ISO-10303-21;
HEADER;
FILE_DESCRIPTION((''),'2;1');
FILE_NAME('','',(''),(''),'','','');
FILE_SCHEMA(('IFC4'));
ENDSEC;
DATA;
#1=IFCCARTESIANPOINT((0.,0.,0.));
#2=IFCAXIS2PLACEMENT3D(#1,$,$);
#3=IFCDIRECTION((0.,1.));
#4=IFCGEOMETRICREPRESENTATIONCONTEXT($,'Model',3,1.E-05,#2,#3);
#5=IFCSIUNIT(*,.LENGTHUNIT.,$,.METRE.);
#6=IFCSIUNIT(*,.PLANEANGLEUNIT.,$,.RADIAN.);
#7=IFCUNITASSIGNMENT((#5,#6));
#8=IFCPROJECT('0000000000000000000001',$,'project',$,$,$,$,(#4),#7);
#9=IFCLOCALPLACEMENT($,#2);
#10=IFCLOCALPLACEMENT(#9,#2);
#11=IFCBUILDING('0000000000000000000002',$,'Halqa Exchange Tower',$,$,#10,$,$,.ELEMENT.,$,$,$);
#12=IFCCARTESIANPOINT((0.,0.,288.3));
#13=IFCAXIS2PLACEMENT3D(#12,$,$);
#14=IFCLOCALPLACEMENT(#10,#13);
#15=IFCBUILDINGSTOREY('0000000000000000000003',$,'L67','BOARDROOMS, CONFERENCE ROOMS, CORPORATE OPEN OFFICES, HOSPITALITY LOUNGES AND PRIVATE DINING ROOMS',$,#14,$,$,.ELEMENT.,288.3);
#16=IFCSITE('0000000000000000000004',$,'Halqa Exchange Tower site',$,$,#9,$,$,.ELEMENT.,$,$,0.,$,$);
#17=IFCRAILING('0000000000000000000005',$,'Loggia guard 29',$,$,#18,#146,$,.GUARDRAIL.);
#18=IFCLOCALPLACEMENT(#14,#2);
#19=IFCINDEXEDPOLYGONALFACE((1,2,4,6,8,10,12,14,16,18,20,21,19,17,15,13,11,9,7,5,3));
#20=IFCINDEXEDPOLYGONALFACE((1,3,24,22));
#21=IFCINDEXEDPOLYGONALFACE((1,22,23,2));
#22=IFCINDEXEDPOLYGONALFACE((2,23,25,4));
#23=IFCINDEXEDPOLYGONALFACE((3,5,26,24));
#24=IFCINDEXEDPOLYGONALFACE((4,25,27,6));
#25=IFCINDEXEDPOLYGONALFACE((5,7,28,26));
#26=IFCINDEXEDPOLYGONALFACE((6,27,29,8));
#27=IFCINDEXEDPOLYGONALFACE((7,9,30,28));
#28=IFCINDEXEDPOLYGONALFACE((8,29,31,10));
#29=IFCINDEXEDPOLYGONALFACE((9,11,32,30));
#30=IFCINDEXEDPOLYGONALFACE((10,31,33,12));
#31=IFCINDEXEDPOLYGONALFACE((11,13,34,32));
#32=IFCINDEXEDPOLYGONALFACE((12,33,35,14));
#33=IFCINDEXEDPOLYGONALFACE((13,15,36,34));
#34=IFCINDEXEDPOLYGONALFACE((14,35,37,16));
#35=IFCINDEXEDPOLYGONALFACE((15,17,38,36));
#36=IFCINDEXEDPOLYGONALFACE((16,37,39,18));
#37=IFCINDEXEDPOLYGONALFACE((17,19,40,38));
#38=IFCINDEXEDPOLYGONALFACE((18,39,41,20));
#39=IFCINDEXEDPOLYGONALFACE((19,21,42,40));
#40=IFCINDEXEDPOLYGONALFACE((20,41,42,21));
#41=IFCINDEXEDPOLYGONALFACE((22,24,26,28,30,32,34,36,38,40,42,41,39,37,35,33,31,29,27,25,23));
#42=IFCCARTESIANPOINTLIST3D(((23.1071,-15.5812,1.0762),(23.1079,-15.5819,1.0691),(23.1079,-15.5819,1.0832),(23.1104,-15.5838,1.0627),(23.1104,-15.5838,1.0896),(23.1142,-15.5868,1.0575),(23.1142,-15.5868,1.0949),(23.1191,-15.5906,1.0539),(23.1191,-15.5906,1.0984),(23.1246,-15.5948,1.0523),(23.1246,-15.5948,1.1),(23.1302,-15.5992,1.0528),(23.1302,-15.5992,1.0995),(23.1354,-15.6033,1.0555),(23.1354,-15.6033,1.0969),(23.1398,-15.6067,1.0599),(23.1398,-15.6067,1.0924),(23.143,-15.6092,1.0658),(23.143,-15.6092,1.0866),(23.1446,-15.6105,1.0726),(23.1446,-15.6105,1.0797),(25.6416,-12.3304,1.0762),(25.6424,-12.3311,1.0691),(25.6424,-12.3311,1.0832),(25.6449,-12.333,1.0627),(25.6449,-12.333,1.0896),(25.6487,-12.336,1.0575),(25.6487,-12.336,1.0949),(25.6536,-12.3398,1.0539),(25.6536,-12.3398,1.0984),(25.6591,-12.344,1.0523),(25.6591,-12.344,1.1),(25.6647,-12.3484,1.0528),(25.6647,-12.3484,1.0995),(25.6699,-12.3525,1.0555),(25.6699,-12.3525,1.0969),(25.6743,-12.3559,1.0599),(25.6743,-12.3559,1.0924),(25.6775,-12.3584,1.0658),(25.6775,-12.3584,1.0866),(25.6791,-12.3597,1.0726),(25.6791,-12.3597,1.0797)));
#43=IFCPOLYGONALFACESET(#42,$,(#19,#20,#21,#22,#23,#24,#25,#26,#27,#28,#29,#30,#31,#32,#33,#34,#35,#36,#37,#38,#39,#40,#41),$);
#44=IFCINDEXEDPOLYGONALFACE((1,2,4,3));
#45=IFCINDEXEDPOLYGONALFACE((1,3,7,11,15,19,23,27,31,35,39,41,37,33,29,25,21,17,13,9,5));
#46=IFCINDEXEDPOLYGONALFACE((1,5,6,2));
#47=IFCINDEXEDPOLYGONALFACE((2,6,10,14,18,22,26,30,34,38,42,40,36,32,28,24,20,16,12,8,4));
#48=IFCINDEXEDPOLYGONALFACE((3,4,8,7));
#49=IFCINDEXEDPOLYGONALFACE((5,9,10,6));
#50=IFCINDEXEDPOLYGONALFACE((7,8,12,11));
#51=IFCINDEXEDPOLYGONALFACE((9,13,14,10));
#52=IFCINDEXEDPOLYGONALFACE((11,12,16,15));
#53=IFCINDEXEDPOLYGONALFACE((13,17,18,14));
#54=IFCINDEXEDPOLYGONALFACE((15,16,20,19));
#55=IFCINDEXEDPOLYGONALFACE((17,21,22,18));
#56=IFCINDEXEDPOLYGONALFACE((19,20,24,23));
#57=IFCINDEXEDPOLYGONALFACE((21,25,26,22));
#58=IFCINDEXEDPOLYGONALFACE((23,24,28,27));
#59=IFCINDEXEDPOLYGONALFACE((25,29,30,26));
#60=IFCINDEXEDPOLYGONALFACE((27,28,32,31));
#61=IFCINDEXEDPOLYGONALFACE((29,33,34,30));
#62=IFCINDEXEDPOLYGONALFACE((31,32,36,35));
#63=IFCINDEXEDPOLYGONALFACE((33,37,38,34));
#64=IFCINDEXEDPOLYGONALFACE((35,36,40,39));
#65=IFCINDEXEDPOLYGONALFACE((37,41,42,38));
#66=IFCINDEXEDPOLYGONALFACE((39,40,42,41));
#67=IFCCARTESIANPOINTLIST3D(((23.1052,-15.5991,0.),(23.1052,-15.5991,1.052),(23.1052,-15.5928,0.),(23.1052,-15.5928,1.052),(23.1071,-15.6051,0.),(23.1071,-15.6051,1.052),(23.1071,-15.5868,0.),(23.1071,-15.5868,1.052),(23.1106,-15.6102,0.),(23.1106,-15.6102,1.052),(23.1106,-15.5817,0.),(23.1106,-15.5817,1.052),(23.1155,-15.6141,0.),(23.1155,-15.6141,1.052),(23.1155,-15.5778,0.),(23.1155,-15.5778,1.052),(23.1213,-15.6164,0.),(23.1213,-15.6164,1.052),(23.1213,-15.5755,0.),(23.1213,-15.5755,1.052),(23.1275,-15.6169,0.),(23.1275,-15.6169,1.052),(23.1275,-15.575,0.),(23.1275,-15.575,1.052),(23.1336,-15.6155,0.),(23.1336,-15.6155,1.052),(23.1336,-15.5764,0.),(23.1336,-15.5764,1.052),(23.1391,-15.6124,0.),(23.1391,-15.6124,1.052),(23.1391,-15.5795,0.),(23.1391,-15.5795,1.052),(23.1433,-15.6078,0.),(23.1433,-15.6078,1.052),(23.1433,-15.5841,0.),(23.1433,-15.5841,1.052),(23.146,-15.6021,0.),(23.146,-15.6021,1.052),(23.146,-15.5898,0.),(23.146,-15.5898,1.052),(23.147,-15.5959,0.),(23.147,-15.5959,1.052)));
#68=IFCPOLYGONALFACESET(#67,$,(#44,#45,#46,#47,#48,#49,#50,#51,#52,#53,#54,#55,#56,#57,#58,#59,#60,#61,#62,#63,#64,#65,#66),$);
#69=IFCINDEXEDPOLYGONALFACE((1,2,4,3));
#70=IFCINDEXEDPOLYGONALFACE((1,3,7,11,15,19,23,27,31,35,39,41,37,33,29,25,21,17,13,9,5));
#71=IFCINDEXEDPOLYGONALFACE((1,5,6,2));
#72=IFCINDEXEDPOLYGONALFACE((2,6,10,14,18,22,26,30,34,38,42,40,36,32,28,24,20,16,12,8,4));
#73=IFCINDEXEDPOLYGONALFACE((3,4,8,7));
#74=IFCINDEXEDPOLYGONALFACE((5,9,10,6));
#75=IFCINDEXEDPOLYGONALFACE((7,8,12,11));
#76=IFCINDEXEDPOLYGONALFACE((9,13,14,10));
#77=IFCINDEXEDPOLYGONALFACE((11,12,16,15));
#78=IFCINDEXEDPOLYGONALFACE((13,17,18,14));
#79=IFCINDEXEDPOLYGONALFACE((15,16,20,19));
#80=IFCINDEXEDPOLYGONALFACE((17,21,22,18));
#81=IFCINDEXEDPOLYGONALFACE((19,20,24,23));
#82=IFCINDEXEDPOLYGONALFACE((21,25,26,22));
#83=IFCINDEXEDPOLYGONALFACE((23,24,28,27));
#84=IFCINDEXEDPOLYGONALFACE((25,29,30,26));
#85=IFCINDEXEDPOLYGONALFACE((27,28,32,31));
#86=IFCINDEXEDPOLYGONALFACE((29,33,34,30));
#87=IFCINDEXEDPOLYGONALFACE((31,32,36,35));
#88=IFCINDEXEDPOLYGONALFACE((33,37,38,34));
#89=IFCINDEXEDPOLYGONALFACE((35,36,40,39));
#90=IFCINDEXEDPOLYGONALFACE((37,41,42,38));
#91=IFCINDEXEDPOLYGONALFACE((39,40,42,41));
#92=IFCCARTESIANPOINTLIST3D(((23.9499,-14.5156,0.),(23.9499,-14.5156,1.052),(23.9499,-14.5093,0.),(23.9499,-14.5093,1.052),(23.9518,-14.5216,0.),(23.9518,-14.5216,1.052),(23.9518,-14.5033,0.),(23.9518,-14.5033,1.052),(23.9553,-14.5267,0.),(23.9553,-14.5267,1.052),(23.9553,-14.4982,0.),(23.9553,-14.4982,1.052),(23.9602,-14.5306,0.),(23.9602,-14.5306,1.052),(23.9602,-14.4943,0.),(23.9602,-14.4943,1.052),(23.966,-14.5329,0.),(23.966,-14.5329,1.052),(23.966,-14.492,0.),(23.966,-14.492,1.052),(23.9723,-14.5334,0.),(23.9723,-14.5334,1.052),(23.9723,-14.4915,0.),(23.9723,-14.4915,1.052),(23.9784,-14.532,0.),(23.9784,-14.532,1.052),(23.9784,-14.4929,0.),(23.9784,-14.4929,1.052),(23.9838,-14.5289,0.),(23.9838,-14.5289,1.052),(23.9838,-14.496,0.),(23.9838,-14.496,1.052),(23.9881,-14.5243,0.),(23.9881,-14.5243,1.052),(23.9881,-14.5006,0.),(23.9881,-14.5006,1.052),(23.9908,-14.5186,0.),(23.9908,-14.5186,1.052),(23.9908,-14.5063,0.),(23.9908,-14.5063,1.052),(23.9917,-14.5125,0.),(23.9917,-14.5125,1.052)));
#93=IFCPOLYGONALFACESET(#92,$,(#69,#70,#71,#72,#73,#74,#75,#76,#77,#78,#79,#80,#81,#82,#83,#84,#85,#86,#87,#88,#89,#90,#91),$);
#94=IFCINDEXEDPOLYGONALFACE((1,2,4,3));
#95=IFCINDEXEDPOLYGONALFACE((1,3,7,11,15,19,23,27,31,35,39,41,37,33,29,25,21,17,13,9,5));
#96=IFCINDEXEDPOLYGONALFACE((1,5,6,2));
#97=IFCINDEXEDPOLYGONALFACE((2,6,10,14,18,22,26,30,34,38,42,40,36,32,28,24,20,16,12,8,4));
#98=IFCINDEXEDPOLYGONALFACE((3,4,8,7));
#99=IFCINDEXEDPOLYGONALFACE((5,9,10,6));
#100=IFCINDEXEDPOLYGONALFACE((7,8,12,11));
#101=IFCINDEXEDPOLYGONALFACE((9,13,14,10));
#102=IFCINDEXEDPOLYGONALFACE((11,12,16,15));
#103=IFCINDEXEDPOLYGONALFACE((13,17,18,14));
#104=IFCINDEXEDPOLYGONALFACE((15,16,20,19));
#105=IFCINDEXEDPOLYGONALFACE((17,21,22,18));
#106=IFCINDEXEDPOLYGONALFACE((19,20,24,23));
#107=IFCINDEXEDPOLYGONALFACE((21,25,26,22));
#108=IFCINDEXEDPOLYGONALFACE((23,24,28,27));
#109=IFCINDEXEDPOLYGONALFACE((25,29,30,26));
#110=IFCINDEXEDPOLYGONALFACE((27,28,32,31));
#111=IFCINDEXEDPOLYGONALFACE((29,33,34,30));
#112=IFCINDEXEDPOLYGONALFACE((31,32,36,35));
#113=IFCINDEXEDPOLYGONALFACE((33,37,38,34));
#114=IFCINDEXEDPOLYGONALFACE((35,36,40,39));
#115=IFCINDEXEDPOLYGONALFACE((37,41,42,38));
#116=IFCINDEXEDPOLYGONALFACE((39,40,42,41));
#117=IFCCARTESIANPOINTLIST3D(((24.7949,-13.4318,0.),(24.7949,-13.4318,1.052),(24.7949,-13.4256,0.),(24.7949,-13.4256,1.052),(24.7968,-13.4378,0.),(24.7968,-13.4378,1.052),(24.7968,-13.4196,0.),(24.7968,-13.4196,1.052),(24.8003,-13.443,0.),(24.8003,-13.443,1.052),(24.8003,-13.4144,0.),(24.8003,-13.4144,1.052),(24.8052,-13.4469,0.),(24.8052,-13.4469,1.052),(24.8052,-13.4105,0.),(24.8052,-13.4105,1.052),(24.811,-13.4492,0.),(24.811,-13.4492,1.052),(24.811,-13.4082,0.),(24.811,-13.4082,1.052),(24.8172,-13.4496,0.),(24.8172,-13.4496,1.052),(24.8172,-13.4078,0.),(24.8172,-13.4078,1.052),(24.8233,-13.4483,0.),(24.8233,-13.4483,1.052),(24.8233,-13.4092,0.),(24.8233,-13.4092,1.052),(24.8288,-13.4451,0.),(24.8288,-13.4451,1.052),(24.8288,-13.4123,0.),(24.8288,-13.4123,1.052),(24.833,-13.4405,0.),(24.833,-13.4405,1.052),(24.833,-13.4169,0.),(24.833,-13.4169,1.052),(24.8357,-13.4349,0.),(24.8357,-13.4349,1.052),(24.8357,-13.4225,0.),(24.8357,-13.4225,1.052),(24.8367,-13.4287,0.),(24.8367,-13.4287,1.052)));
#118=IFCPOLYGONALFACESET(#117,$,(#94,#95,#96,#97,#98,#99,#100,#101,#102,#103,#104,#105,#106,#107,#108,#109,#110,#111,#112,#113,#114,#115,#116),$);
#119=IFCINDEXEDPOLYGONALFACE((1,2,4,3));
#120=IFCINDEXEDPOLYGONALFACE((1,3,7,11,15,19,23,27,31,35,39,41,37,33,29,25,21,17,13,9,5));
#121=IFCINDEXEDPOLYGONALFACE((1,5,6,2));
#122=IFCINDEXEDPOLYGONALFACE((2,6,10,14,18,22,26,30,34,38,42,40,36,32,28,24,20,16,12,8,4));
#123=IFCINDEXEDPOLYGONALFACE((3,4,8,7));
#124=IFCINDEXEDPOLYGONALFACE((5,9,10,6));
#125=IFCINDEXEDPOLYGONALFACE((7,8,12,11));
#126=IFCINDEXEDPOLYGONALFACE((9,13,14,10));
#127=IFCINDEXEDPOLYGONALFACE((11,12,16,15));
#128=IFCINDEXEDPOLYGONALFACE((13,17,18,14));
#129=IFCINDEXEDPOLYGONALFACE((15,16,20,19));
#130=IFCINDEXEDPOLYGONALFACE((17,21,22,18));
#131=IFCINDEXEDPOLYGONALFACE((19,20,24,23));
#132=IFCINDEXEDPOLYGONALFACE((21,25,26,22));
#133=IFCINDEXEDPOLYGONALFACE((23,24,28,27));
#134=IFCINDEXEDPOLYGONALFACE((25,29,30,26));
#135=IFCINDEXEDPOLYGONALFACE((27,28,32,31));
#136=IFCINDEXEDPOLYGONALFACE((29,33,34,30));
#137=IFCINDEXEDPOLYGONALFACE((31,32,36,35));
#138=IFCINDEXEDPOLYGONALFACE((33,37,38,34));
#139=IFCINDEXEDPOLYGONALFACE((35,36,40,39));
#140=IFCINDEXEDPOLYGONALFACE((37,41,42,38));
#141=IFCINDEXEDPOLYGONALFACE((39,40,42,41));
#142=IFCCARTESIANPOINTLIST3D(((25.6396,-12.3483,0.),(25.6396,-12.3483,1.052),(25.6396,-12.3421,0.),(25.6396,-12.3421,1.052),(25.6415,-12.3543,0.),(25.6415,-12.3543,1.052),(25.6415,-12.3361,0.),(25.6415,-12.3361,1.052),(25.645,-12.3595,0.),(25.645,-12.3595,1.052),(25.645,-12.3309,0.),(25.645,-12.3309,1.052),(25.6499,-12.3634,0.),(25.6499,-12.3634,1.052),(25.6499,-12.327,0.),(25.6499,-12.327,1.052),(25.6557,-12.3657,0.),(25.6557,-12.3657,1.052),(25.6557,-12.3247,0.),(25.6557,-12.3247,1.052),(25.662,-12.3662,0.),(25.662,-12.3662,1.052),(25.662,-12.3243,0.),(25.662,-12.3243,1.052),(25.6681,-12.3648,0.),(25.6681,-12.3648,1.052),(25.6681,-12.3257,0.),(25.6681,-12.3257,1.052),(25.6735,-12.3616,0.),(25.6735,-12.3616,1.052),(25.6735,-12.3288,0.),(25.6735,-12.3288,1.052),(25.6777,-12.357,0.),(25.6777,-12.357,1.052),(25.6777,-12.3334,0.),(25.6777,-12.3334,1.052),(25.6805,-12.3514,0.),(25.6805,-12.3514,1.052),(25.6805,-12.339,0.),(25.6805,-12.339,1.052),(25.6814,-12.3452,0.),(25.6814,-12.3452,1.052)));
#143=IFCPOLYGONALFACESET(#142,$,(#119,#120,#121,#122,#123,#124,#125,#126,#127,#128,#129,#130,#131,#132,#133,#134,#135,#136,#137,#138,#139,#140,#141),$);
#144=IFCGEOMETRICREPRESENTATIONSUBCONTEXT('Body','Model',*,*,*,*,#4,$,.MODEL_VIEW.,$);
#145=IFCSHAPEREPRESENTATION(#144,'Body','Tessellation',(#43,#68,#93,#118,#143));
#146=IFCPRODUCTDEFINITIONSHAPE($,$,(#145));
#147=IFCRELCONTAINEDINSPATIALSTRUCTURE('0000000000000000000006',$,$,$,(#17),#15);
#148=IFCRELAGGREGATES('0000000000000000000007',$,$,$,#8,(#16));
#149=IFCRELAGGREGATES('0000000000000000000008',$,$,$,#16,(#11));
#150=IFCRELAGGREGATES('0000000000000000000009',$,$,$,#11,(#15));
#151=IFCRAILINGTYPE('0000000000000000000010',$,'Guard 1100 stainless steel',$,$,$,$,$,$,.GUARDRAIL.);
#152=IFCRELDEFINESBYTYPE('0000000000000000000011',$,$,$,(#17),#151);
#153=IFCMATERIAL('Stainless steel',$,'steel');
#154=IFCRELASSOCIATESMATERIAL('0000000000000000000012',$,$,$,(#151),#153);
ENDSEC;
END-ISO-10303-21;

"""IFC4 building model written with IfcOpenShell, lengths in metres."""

from ifc_helpers import new_model, si_unit, direction, frame, origin, origin_2d, place, context, subcontext, project, spatial, circle, extrude, material, type_object, element, save


model = new_model("IFC4")

# Units and contexts
model_context = context("Model", 3, precision=1e-05, world=origin(), true_north=direction((0.0, 1.0)))
body_context = subcontext(model_context, "Body", "Model", "MODEL_VIEW")
ifc_project = project(units=[si_unit("LENGTHUNIT", "METRE"), si_unit("PLANEANGLEUNIT", "RADIAN")], contexts=[model_context])

# Site, building, storey
site_placement = place(None, origin())
site = spatial("IfcSite", under=ifc_project, at=site_placement, Name="Halqa Exchange Tower site", CompositionType="ELEMENT", RefElevation=0.0)
building_placement = place(site_placement, origin())
building = spatial("IfcBuilding", under=site, at=building_placement, Name="Halqa Exchange Tower", CompositionType="ELEMENT")
storey_placement = place(building_placement, frame((0.0, 0.0, 288.3)))
storey = spatial("IfcBuildingStorey", under=building, at=storey_placement, Name="L67", Description="BOARDROOMS, CONFERENCE ROOMS, CORPORATE OPEN OFFICES, HOSPITALITY LOUNGES AND PRIVATE DINING ROOMS", CompositionType="ELEMENT", Elevation=288.3)

# Railing
ifc_material_1 = material(Name="Stainless steel", Category="steel")
railing_type = type_object("IfcRailingType", Name="Guard 1100 stainless steel", PredefinedType="GUARDRAIL", material=ifc_material_1)
railing_1_placement = place(storey_placement, frame((23.126, -15.5959, 0.0)))
element("IfcRailing", 1, at=railing_1_placement, inside=storey, type_object=railing_type, Name="Loggia guard 29", PredefinedType="GUARDRAIL", context=body_context, shape_type="SweptSolid", body=[
    extrude(circle(Radius=0.0239, at=origin_2d()), frame((0.0, 0.0, 1.0762), z_axis=(0.614859, 0.788637, 0.0), x_axis=(-0.788637, 0.614859, 0.0)), (0.0, 0.0, 1.0), 4.1221),
    extrude(circle(Radius=0.021, at=origin_2d()), origin(), (0.0, 0.0, 1.0), 1.052),
    extrude(circle(Radius=0.021, at=origin_2d()), frame((0.8447, 1.0835, 0.0)), (0.0, 0.0, 1.0), 1.052),
    extrude(circle(Radius=0.021, at=origin_2d()), frame((1.6897, 2.1672, 0.0)), (0.0, 0.0, 1.0), 1.052),
    extrude(circle(Radius=0.021, at=origin_2d()), frame((2.5344, 3.2507, 0.0)), (0.0, 0.0, 1.0), 1.052),
])

save(model, "model.ifc")
